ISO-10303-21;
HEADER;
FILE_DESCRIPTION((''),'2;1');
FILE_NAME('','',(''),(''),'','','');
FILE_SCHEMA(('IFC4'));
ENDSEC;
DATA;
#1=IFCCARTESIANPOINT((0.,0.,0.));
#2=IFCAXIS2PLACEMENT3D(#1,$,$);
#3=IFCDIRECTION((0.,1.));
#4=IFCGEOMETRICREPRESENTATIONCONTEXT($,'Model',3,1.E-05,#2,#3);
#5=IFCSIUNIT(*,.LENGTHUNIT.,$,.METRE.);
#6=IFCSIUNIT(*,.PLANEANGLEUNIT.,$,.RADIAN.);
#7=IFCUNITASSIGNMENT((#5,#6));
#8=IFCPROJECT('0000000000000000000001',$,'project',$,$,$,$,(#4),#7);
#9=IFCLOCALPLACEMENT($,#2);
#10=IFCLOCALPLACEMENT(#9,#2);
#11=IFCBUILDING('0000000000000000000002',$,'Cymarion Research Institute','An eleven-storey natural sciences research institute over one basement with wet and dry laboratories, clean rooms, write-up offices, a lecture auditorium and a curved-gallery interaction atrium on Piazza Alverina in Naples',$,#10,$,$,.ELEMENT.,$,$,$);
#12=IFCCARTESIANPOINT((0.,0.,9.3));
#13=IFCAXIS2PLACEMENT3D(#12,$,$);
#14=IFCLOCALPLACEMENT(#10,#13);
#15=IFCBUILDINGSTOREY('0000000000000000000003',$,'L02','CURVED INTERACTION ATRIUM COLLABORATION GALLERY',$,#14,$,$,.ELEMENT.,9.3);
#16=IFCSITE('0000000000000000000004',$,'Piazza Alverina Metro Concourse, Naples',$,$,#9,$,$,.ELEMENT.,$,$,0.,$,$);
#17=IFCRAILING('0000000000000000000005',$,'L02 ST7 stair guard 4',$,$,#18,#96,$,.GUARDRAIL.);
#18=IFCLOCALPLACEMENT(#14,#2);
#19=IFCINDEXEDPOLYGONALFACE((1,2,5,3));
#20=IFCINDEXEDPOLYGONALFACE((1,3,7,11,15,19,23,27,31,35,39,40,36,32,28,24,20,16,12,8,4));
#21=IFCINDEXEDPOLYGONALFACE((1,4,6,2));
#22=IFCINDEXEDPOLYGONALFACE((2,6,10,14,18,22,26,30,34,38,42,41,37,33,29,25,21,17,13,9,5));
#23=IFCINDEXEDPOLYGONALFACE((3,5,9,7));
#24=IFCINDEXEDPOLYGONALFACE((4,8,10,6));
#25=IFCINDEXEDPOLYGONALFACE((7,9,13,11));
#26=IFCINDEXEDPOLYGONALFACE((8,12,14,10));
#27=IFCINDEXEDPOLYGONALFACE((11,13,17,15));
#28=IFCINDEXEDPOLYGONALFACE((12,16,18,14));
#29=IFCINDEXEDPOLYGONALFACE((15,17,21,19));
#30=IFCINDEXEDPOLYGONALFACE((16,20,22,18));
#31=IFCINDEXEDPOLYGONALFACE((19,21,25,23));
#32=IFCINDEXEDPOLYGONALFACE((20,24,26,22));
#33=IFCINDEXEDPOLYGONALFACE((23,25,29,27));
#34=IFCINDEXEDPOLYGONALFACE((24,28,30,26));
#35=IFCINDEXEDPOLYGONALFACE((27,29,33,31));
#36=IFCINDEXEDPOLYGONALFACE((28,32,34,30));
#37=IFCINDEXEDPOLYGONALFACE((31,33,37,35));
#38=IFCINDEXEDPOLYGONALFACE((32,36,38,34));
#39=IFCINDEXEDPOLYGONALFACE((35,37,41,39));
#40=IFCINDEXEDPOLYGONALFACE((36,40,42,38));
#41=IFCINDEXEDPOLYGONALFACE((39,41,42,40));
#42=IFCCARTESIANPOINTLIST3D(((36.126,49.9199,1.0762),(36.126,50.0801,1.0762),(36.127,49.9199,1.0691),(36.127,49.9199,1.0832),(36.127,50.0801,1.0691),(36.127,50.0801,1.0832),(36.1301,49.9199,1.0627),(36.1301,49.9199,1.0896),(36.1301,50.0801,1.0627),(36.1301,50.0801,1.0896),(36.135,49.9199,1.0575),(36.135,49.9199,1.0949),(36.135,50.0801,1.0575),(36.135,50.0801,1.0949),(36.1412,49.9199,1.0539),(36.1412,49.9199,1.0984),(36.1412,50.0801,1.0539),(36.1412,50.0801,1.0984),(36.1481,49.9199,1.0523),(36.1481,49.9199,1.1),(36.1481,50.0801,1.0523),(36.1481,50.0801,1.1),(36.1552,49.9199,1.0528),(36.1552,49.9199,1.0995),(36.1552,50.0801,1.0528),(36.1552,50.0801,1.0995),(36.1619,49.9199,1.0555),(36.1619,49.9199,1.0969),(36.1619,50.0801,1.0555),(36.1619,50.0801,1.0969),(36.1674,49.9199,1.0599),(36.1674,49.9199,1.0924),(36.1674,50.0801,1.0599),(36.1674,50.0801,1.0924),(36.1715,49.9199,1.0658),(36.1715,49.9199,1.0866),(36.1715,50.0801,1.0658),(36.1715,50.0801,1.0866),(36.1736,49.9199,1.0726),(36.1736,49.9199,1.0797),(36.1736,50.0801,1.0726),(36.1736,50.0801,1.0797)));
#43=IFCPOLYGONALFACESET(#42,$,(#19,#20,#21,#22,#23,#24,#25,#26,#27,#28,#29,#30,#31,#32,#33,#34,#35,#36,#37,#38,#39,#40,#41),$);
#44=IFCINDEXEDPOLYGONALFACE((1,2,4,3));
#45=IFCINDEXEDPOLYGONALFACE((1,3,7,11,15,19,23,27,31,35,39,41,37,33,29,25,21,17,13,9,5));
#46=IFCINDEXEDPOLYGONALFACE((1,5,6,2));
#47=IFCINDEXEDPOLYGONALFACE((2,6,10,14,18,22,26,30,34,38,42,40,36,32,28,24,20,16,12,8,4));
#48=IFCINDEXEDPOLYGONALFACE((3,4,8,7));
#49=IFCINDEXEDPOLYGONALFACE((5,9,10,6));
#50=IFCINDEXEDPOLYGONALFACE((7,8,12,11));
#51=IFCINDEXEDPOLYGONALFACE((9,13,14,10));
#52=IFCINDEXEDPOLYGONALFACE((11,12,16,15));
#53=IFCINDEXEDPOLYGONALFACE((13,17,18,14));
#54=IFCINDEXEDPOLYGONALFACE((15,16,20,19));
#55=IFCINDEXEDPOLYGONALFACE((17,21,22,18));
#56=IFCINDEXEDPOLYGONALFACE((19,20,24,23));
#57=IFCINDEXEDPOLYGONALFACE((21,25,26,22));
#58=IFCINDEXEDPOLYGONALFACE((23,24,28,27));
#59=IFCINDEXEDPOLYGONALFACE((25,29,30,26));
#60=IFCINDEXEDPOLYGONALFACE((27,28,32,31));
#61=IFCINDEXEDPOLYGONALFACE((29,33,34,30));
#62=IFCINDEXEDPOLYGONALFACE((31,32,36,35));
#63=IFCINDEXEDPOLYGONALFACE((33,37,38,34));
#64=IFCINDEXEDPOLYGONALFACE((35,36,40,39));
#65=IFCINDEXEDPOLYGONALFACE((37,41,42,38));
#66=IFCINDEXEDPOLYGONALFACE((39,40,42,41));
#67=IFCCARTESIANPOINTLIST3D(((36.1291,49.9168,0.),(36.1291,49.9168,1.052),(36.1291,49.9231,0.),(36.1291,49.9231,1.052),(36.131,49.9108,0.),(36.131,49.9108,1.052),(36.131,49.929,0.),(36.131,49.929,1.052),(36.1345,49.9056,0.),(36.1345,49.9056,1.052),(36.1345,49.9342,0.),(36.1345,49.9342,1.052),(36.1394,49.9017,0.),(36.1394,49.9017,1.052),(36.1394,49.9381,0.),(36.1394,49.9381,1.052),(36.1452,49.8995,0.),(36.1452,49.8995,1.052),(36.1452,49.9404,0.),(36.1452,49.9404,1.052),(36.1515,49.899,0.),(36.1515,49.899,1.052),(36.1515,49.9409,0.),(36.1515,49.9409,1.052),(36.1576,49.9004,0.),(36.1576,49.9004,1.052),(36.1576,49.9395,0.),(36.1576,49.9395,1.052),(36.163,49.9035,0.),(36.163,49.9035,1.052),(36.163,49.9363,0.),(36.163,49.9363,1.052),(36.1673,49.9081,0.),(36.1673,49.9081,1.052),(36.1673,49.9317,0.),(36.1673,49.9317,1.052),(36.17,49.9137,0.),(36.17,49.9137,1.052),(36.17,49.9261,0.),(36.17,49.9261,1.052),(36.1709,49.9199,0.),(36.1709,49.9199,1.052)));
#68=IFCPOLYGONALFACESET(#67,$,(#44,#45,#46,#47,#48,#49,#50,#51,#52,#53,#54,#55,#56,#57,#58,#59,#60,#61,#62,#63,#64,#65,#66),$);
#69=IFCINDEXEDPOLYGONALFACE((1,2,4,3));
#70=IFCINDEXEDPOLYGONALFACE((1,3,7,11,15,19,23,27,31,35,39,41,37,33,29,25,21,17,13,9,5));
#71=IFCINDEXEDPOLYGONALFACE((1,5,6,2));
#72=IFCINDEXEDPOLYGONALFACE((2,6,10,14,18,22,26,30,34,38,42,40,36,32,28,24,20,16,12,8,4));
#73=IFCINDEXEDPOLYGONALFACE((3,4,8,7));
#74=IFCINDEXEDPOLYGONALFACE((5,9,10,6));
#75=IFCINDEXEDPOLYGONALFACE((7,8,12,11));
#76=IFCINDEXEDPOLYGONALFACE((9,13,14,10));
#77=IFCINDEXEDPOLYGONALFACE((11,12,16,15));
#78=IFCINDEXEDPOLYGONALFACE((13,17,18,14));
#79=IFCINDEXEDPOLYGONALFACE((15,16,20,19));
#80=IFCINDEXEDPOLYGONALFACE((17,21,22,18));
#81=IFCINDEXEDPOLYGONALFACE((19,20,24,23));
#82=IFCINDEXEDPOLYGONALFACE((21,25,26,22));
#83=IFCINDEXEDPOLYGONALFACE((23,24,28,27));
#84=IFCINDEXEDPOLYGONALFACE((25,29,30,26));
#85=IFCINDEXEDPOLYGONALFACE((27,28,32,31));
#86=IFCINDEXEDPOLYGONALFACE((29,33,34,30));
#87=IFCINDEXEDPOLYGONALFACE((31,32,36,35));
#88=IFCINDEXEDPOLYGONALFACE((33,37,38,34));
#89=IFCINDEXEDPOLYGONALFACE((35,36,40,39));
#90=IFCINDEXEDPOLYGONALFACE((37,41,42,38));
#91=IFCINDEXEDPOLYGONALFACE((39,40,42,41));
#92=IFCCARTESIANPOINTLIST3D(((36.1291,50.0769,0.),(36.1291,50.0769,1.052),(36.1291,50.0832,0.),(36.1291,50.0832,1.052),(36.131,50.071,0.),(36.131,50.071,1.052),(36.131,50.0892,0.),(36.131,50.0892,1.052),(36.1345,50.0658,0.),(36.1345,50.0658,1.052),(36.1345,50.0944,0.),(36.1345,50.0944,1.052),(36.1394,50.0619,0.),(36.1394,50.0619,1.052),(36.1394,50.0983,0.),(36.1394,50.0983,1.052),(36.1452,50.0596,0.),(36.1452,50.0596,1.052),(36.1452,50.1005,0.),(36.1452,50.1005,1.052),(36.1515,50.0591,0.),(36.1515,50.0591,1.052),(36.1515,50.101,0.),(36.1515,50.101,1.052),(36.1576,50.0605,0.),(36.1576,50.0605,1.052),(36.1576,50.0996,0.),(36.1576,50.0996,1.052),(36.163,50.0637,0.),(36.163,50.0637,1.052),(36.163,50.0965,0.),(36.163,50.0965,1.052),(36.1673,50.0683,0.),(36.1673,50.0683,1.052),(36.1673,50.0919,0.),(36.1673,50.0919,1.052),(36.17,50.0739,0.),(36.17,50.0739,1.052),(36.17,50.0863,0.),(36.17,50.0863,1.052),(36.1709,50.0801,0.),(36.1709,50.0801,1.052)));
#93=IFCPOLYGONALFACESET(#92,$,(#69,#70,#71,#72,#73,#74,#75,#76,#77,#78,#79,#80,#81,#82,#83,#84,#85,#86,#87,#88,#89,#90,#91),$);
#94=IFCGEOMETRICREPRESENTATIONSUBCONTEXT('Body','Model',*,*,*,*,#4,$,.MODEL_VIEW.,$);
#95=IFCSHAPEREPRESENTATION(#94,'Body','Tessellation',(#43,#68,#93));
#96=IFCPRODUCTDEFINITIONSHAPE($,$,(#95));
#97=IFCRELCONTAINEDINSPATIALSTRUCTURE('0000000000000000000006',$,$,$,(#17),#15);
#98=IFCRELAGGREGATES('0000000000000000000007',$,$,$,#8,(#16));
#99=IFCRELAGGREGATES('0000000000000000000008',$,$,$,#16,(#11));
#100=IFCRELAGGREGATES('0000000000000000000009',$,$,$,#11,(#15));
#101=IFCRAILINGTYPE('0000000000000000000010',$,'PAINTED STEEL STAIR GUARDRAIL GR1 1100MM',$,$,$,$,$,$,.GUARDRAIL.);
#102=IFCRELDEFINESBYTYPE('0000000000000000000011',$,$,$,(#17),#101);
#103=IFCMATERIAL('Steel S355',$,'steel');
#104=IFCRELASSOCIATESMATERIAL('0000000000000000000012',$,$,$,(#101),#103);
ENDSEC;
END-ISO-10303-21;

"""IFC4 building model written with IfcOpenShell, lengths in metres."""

from ifc_helpers import new_model, si_unit, direction, frame, origin, origin_2d, place, context, subcontext, project, spatial, circle, extrude, material, type_object, element, save


model = new_model("IFC4")

# Units and contexts
model_context = context("Model", 3, precision=1e-05, world=origin(), true_north=direction((0.0, 1.0)))
body_context = subcontext(model_context, "Body", "Model", "MODEL_VIEW")
ifc_project = project(units=[si_unit("LENGTHUNIT", "METRE"), si_unit("PLANEANGLEUNIT", "RADIAN")], contexts=[model_context])

# Site, building, storey
site_placement = place(None, origin())
site = spatial("IfcSite", under=ifc_project, at=site_placement, Name="Piazza Alverina Metro Concourse, Naples", CompositionType="ELEMENT", RefElevation=0.0)
building_placement = place(site_placement, origin())
building = spatial("IfcBuilding", under=site, at=building_placement, Name="Cymarion Research Institute", Description="An eleven-storey natural sciences research institute over one basement with wet and dry laboratories, clean rooms, write-up offices, a lecture auditorium and a curved-gallery interaction atrium on Piazza Alverina in Naples", CompositionType="ELEMENT")
storey_placement = place(building_placement, frame((0.0, 0.0, 9.3)))
storey = spatial("IfcBuildingStorey", under=building, at=storey_placement, Name="L02", Description="CURVED INTERACTION ATRIUM COLLABORATION GALLERY", CompositionType="ELEMENT", Elevation=9.3)

# Railing
ifc_material_1 = material(Name="Steel S355", Category="steel")
railing_type_1 = type_object("IfcRailingType", Name="PAINTED STEEL STAIR GUARDRAIL GR1 1100MM", PredefinedType="GUARDRAIL", material=ifc_material_1)
railing_1_placement = place(storey_placement, frame((36.1499, 49.9199, 0.0)))
element("IfcRailing", 1, at=railing_1_placement, inside=storey, type_object=railing_type_1, Name="L02 ST7 stair guard 4", PredefinedType="GUARDRAIL", context=body_context, shape_type="SweptSolid", body=[
    extrude(circle(Radius=0.0239, at=origin_2d()), frame((0.0, 0.0, 1.0762), z_axis=(0.0, 1.0, 0.0), x_axis=(-1.0, 0.0, 0.0)), (0.0, 0.0, 1.0), 0.1602),
    extrude(circle(Radius=0.021, at=origin_2d()), origin(), (0.0, 0.0, 1.0), 1.052),
    extrude(circle(Radius=0.021, at=origin_2d()), frame((0.0, 0.1602, 0.0)), (0.0, 0.0, 1.0), 1.052),
])

save(model, "model.ifc")
